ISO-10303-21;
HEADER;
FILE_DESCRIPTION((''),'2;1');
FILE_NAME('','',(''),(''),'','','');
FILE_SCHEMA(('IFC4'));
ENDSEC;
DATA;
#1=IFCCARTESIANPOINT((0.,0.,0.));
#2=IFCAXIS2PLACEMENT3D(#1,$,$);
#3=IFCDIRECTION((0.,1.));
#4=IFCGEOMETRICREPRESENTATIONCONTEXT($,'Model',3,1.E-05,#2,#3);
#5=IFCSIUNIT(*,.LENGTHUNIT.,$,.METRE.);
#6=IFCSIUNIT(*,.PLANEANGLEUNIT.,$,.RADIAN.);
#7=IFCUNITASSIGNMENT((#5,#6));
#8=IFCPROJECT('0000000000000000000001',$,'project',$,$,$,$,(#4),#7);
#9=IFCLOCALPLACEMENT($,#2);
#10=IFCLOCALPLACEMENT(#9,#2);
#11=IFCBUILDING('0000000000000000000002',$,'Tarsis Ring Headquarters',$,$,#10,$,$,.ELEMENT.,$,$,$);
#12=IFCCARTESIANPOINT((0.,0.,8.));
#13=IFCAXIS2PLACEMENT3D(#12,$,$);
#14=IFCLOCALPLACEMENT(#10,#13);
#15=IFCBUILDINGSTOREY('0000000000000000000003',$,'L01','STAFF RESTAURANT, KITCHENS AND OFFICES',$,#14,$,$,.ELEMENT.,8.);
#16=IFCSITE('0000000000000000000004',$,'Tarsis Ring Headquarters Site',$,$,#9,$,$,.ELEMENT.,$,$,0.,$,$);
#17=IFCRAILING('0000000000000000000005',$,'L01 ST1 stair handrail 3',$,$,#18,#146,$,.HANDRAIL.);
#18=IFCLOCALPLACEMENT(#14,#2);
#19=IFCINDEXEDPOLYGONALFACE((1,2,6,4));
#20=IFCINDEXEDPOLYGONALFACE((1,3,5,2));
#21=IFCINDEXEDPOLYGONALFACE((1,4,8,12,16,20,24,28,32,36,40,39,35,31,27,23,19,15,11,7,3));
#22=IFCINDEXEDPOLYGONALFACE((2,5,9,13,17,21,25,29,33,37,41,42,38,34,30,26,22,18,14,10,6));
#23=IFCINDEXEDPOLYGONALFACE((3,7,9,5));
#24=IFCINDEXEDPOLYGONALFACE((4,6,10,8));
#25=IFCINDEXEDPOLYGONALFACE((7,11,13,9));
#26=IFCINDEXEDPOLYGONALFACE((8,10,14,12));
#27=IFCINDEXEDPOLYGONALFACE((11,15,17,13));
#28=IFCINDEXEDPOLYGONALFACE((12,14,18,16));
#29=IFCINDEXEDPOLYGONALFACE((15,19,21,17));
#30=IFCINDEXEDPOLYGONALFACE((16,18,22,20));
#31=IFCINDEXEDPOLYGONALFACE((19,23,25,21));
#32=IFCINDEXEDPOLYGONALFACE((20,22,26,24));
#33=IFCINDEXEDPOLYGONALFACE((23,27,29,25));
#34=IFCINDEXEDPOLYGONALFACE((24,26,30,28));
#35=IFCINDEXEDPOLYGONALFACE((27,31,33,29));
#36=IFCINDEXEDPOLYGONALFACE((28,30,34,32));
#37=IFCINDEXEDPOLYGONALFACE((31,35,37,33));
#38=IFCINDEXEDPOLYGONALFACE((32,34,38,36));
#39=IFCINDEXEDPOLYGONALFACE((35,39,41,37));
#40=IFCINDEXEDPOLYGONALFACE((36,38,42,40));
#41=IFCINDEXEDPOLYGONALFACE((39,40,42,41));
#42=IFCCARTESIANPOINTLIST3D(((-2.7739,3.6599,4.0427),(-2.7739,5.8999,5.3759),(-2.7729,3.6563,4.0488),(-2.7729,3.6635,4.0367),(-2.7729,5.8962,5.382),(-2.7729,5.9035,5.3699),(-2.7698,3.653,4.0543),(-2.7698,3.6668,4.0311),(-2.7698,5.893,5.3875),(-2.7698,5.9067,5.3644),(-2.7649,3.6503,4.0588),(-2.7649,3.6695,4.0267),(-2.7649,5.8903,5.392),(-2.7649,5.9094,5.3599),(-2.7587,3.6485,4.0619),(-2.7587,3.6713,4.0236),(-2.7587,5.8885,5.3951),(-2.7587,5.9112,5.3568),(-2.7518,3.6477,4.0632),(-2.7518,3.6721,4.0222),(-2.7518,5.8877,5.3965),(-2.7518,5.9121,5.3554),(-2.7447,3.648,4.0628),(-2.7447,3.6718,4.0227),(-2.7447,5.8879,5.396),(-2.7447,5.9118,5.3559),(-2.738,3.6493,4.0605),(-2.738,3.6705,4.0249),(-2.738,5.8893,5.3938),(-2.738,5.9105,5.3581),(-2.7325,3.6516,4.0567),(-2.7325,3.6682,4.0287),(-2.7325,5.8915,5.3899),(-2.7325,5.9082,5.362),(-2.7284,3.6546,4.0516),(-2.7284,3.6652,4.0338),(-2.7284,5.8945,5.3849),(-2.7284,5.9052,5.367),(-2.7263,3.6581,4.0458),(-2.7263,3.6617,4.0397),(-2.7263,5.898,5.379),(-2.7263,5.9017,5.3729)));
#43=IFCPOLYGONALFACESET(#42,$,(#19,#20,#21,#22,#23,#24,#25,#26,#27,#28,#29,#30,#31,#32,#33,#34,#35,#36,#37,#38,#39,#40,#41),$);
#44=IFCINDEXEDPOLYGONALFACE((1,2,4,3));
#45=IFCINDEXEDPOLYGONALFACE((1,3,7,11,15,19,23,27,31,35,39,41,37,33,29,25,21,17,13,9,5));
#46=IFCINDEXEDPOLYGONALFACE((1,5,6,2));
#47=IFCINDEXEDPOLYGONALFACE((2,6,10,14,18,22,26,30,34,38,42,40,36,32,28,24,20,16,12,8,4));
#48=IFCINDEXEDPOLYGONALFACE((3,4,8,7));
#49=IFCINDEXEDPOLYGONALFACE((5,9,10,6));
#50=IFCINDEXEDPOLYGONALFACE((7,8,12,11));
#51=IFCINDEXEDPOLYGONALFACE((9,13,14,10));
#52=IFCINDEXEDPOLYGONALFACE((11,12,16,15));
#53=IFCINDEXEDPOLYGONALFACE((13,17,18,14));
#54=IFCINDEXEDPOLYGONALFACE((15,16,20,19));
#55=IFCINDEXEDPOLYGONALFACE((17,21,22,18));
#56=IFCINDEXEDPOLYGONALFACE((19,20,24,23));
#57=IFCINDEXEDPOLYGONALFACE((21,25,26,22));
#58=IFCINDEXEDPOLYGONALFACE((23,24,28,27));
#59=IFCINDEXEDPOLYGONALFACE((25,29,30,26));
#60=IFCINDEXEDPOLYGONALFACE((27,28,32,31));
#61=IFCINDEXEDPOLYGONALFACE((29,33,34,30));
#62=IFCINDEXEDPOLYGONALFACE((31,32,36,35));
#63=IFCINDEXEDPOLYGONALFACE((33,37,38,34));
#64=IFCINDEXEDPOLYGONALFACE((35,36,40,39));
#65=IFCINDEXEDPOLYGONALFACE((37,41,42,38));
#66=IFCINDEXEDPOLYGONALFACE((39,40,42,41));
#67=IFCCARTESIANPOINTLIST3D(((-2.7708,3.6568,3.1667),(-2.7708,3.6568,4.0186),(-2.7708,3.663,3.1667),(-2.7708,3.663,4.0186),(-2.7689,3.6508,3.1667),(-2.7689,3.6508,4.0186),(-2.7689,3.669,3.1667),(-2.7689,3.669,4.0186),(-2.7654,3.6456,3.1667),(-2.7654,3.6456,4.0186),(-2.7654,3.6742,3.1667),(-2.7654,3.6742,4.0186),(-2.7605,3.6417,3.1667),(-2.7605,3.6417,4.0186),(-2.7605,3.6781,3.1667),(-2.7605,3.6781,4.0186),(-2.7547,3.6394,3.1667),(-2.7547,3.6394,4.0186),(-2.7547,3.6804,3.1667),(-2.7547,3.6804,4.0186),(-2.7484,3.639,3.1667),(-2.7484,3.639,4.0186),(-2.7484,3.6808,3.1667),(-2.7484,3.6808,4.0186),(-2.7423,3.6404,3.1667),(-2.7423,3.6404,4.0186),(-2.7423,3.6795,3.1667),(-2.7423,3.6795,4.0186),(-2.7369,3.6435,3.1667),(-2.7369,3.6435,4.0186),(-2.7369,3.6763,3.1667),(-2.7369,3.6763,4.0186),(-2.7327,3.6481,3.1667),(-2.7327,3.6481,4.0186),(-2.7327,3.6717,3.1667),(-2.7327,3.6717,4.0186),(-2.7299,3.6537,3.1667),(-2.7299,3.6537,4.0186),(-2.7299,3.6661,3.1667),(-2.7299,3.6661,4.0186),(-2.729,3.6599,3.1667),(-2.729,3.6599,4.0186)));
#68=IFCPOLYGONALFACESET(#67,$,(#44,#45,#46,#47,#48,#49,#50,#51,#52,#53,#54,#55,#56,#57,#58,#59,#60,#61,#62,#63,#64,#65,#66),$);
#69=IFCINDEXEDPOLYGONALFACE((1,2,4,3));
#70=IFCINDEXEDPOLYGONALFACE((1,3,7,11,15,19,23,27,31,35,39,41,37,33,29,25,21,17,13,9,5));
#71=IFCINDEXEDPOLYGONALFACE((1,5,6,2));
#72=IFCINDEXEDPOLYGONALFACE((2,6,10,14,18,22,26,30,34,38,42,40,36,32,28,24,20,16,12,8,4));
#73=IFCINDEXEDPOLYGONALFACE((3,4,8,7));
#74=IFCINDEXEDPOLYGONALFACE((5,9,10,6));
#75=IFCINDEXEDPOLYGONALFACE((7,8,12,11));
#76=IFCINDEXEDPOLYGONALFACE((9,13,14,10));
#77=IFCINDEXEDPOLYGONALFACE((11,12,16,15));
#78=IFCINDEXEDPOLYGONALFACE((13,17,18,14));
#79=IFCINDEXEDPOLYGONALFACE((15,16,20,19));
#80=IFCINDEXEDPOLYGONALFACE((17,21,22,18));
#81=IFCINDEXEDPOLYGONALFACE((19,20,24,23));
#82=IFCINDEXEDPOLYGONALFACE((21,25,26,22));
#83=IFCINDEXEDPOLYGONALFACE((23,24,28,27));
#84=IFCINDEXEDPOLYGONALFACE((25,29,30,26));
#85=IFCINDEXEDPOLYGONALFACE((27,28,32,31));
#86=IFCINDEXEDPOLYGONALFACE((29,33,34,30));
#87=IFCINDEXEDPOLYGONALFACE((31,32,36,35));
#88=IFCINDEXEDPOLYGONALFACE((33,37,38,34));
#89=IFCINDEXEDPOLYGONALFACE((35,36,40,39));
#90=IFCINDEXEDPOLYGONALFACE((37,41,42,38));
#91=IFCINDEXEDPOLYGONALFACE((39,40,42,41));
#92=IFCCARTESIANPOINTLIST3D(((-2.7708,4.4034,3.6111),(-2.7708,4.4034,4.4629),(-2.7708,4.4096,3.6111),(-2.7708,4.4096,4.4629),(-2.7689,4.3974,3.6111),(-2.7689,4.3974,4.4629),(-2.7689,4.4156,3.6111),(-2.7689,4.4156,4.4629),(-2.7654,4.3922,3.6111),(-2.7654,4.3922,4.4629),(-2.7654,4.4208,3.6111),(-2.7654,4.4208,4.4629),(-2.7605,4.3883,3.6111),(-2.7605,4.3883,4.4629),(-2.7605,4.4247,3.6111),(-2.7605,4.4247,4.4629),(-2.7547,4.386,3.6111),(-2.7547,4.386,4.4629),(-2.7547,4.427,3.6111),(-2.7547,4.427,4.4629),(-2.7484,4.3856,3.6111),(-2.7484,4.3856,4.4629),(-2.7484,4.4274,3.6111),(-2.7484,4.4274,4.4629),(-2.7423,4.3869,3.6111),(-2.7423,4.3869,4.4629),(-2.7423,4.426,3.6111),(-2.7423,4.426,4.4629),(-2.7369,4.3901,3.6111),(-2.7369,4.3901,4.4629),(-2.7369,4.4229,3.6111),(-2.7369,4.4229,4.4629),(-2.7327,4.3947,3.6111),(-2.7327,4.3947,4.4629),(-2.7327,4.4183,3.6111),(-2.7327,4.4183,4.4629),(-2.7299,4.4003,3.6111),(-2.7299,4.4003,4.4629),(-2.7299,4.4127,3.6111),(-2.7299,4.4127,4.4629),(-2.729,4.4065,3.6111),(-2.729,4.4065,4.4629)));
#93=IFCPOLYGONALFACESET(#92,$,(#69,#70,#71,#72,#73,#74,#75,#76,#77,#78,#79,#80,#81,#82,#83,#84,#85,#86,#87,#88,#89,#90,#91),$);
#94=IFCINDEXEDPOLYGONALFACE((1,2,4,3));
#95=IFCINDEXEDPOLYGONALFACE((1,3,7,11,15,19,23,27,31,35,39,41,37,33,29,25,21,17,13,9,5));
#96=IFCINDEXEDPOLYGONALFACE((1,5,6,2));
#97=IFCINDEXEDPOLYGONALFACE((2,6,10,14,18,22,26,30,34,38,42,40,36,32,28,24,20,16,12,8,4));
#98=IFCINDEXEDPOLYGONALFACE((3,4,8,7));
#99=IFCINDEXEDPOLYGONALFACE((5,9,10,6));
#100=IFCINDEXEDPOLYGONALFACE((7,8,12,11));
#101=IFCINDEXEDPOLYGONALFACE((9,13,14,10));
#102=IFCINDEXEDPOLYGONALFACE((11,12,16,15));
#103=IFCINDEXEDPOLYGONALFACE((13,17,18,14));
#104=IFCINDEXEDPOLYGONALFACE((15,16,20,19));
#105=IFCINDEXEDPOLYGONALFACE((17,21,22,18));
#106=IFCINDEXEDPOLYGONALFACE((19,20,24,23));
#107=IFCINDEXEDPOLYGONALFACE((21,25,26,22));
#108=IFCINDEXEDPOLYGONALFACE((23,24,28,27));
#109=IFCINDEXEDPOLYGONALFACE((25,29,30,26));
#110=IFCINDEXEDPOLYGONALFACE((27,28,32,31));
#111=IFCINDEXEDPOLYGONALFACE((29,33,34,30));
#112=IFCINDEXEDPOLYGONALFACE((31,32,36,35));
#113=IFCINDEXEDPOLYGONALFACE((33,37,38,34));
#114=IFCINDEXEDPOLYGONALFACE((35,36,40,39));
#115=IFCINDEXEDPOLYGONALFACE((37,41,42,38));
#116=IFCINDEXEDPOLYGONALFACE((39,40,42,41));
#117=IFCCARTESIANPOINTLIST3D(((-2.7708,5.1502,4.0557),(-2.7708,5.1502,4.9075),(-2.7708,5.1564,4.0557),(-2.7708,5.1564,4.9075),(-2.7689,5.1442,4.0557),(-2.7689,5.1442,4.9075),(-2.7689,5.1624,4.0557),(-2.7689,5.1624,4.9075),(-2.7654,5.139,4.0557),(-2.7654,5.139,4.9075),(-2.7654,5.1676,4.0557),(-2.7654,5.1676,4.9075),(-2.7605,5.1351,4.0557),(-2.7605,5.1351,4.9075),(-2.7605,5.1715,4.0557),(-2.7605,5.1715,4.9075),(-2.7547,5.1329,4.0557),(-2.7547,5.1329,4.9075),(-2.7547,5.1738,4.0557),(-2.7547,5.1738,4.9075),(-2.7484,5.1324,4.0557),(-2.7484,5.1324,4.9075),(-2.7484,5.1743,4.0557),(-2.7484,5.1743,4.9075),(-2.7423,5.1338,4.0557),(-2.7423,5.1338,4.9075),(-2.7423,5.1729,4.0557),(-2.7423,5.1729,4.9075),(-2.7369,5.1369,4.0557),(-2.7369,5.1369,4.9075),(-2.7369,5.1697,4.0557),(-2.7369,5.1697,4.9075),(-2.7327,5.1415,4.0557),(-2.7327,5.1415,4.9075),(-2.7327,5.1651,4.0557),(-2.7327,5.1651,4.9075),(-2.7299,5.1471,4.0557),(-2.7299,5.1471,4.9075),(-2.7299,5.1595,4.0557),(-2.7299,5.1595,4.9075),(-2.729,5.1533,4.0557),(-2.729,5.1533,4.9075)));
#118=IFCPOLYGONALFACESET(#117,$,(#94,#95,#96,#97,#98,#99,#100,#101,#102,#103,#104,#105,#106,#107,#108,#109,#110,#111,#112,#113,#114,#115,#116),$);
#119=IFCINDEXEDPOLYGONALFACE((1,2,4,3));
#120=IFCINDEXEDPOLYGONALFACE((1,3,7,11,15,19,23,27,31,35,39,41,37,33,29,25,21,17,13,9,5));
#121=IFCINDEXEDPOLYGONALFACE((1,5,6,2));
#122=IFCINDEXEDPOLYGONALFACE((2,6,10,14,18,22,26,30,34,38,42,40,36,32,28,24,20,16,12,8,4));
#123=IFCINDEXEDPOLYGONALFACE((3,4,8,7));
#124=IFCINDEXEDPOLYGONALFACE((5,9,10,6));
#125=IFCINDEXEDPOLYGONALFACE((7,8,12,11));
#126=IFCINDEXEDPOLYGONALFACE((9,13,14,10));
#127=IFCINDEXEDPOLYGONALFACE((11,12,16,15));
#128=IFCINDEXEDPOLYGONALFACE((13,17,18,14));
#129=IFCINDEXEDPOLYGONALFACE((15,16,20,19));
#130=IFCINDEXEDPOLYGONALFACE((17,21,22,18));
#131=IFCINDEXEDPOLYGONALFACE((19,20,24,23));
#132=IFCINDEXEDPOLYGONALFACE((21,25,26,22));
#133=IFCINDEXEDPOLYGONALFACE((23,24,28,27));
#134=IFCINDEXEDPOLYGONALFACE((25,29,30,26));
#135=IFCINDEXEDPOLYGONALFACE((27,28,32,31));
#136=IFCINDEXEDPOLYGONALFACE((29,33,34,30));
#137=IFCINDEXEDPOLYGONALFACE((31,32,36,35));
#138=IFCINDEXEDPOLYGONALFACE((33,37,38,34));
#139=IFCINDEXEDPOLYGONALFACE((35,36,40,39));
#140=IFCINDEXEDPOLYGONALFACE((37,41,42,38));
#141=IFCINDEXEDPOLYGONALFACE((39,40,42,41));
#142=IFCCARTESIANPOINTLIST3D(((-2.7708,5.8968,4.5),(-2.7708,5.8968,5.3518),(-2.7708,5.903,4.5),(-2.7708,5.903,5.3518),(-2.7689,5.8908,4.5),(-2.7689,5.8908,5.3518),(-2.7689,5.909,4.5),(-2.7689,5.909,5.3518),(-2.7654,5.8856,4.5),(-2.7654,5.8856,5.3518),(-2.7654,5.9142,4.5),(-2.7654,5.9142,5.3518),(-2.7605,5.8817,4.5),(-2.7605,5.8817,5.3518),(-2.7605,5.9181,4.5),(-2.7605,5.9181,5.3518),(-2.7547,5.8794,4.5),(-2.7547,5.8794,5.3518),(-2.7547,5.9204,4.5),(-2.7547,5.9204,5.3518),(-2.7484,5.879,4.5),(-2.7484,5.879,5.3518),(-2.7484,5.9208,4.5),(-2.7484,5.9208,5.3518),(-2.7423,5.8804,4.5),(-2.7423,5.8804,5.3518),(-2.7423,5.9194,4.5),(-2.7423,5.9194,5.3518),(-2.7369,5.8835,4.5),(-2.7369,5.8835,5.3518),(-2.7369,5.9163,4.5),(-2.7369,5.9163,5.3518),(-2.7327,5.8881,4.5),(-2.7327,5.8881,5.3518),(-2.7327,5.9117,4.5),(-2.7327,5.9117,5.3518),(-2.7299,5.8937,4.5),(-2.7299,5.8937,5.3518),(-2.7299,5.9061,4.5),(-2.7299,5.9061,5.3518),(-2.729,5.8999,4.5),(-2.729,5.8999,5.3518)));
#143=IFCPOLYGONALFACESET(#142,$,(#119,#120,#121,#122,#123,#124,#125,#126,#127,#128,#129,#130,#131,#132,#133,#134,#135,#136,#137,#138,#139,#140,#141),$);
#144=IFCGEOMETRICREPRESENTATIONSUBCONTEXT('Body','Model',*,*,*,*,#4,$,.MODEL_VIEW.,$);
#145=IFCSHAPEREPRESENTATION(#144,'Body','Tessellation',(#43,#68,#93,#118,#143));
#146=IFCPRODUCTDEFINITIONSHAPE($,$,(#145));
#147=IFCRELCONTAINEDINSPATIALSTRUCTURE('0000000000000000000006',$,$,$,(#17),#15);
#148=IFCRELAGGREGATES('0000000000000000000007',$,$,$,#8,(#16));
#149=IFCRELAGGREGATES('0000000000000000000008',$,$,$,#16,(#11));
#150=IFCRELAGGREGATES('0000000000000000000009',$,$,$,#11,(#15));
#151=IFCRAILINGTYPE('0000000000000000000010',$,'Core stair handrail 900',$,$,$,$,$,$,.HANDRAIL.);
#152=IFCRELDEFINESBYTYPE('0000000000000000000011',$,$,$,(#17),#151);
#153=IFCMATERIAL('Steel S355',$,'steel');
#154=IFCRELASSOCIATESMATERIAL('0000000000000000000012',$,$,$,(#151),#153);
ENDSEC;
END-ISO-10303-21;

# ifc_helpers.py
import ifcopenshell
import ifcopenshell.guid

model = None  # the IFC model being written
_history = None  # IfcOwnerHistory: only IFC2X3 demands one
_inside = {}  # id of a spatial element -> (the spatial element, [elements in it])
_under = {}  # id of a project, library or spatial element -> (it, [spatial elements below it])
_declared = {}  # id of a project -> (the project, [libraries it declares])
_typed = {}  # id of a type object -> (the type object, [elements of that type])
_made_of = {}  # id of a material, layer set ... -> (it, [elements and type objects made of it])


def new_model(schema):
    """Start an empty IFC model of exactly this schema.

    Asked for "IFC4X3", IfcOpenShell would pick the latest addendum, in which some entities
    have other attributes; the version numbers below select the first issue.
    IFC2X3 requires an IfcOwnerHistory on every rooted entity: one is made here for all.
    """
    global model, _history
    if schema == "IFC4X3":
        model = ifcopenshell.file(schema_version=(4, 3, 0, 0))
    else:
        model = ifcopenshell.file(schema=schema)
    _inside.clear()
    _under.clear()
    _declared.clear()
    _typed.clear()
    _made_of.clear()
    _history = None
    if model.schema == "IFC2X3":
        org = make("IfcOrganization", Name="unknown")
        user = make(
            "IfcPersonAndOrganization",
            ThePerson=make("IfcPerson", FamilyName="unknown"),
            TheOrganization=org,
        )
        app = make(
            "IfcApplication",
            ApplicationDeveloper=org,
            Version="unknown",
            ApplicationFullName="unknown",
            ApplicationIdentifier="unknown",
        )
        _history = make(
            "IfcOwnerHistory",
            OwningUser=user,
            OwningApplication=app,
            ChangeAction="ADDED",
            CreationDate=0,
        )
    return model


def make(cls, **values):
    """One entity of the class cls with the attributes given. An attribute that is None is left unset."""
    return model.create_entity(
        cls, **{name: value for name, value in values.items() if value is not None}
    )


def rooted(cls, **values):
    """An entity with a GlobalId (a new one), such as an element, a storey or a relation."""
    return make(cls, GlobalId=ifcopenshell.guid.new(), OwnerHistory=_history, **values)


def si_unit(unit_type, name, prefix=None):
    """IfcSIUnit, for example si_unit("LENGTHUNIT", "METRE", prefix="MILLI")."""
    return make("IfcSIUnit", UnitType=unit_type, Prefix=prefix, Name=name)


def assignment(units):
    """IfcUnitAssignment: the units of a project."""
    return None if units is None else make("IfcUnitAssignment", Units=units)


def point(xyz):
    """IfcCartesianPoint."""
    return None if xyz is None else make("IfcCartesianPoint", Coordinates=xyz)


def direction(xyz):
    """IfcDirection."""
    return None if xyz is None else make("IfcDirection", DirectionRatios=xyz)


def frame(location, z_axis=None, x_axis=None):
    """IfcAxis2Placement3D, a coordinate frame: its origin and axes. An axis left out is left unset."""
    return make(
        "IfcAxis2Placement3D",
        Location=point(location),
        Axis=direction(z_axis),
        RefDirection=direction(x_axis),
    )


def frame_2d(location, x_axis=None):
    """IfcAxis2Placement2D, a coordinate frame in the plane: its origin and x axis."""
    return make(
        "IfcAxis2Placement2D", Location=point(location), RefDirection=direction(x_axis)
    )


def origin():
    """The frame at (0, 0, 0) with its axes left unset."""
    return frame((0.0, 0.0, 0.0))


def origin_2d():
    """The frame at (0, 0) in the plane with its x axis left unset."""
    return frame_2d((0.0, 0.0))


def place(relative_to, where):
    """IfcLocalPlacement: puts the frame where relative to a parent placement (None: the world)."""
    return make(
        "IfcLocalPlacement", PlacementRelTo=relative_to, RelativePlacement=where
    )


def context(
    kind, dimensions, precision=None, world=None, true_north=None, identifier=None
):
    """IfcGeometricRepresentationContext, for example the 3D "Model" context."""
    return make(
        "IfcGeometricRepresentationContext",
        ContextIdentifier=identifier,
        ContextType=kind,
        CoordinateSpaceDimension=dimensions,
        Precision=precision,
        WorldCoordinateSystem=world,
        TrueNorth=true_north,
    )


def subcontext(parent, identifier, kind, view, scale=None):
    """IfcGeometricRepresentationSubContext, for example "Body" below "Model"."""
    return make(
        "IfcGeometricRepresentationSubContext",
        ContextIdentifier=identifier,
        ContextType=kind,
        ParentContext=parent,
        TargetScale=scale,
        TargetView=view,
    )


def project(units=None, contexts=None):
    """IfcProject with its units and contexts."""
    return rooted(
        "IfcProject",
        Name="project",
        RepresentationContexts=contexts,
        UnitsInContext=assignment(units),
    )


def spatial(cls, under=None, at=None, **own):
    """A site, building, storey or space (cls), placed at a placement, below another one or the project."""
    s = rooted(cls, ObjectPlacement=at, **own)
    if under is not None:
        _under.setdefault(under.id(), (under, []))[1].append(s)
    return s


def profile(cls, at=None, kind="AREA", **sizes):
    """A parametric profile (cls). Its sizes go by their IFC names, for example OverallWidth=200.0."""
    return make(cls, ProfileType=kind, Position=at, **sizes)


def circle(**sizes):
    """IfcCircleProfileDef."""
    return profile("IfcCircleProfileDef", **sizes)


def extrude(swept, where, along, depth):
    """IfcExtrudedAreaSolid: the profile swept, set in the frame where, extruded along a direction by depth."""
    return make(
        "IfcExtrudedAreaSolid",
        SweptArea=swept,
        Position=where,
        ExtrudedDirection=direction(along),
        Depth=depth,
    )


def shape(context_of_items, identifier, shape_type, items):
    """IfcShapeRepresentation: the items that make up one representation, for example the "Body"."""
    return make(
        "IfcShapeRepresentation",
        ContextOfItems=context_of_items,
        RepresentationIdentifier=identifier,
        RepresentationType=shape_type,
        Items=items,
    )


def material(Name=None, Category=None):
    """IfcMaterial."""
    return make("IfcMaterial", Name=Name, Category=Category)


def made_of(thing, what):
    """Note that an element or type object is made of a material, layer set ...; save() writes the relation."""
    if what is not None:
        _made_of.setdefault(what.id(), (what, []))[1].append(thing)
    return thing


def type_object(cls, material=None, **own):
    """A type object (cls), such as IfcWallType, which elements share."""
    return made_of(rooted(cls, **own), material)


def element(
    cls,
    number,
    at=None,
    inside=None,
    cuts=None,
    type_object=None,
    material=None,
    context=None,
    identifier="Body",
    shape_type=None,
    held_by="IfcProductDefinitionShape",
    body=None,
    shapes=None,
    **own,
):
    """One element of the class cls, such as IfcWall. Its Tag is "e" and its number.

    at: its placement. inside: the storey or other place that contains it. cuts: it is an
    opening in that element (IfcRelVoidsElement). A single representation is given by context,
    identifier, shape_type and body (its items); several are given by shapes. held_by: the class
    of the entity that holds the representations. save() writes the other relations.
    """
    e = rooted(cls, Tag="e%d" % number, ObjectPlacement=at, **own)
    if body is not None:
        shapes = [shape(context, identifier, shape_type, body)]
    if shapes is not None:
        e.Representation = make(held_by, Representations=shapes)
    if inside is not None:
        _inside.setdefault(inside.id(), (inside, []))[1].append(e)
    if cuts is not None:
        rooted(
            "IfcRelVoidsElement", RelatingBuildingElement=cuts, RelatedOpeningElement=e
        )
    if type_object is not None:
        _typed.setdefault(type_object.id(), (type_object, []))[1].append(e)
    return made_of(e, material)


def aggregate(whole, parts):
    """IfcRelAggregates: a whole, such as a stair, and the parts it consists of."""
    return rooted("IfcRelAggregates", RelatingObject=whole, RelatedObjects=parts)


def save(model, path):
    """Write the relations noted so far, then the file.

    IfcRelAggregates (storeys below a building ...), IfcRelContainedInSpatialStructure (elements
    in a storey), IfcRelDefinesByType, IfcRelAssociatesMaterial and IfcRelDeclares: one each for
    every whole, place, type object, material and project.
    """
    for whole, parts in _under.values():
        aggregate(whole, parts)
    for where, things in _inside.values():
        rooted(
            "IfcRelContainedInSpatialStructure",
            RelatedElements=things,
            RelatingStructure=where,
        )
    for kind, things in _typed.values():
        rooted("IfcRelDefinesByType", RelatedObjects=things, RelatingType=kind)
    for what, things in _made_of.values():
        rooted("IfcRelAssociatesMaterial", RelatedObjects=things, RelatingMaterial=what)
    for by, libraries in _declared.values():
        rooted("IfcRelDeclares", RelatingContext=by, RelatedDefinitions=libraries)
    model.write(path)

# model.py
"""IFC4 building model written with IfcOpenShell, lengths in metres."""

from ifc_helpers import new_model, si_unit, direction, frame, origin, origin_2d, place, context, subcontext, project, spatial, circle, extrude, material, type_object, element, save


model = new_model("IFC4")

# Units and contexts
model_context = context("Model", 3, precision=1e-05, world=origin(), true_north=direction((0.0, 1.0)))
body_context = subcontext(model_context, "Body", "Model", "MODEL_VIEW")
ifc_project = project(units=[si_unit("LENGTHUNIT", "METRE"), si_unit("PLANEANGLEUNIT", "RADIAN")], contexts=[model_context])

# Site, building, storey
site_placement = place(None, origin())
site = spatial("IfcSite", under=ifc_project, at=site_placement, Name="Tarsis Ring Headquarters Site", CompositionType="ELEMENT", RefElevation=0.0)
building_placement = place(site_placement, origin())
building = spatial("IfcBuilding", under=site, at=building_placement, Name="Tarsis Ring Headquarters", CompositionType="ELEMENT")
storey_placement = place(building_placement, frame((0.0, 0.0, 8.0)))
storey = spatial("IfcBuildingStorey", under=building, at=storey_placement, Name="L01", Description="STAFF RESTAURANT, KITCHENS AND OFFICES", CompositionType="ELEMENT", Elevation=8.0)

# Shared definitions
ifc_material_1 = material(Name="Steel S355", Category="steel")

# Railing
railing_type_1 = type_object("IfcRailingType", Name="Core stair handrail 900", PredefinedType="HANDRAIL", material=ifc_material_1)
railing_1_placement = place(storey_placement, frame((-2.75, 3.6599, 3.1667)))
element("IfcRailing", 1, at=railing_1_placement, inside=storey, type_object=railing_type_1, Name="L01 ST1 stair handrail 3", PredefinedType="HANDRAIL", context=body_context, shape_type="SweptSolid", body=[
    extrude(circle(Radius=0.0239, at=origin_2d()), frame((0.0, 0.0, 0.876), z_axis=(0.0, 0.859306, 0.511462), x_axis=(-1.0, 0.0, 0.0)), (0.0, 0.0, 1.0), 2.6067),
    extrude(circle(Radius=0.021, at=origin_2d()), origin(), (0.0, 0.0, 1.0), 0.8518),
    extrude(circle(Radius=0.021, at=origin_2d()), frame((0.0, 0.7466, 0.4443)), (0.0, 0.0, 1.0), 0.8518),
    extrude(circle(Radius=0.021, at=origin_2d()), frame((0.0, 1.4934, 0.8889)), (0.0, 0.0, 1.0), 0.8518),
    extrude(circle(Radius=0.021, at=origin_2d()), frame((0.0, 2.24, 1.3333)), (0.0, 0.0, 1.0), 0.8518),
])

save(model, "model.ifc")
